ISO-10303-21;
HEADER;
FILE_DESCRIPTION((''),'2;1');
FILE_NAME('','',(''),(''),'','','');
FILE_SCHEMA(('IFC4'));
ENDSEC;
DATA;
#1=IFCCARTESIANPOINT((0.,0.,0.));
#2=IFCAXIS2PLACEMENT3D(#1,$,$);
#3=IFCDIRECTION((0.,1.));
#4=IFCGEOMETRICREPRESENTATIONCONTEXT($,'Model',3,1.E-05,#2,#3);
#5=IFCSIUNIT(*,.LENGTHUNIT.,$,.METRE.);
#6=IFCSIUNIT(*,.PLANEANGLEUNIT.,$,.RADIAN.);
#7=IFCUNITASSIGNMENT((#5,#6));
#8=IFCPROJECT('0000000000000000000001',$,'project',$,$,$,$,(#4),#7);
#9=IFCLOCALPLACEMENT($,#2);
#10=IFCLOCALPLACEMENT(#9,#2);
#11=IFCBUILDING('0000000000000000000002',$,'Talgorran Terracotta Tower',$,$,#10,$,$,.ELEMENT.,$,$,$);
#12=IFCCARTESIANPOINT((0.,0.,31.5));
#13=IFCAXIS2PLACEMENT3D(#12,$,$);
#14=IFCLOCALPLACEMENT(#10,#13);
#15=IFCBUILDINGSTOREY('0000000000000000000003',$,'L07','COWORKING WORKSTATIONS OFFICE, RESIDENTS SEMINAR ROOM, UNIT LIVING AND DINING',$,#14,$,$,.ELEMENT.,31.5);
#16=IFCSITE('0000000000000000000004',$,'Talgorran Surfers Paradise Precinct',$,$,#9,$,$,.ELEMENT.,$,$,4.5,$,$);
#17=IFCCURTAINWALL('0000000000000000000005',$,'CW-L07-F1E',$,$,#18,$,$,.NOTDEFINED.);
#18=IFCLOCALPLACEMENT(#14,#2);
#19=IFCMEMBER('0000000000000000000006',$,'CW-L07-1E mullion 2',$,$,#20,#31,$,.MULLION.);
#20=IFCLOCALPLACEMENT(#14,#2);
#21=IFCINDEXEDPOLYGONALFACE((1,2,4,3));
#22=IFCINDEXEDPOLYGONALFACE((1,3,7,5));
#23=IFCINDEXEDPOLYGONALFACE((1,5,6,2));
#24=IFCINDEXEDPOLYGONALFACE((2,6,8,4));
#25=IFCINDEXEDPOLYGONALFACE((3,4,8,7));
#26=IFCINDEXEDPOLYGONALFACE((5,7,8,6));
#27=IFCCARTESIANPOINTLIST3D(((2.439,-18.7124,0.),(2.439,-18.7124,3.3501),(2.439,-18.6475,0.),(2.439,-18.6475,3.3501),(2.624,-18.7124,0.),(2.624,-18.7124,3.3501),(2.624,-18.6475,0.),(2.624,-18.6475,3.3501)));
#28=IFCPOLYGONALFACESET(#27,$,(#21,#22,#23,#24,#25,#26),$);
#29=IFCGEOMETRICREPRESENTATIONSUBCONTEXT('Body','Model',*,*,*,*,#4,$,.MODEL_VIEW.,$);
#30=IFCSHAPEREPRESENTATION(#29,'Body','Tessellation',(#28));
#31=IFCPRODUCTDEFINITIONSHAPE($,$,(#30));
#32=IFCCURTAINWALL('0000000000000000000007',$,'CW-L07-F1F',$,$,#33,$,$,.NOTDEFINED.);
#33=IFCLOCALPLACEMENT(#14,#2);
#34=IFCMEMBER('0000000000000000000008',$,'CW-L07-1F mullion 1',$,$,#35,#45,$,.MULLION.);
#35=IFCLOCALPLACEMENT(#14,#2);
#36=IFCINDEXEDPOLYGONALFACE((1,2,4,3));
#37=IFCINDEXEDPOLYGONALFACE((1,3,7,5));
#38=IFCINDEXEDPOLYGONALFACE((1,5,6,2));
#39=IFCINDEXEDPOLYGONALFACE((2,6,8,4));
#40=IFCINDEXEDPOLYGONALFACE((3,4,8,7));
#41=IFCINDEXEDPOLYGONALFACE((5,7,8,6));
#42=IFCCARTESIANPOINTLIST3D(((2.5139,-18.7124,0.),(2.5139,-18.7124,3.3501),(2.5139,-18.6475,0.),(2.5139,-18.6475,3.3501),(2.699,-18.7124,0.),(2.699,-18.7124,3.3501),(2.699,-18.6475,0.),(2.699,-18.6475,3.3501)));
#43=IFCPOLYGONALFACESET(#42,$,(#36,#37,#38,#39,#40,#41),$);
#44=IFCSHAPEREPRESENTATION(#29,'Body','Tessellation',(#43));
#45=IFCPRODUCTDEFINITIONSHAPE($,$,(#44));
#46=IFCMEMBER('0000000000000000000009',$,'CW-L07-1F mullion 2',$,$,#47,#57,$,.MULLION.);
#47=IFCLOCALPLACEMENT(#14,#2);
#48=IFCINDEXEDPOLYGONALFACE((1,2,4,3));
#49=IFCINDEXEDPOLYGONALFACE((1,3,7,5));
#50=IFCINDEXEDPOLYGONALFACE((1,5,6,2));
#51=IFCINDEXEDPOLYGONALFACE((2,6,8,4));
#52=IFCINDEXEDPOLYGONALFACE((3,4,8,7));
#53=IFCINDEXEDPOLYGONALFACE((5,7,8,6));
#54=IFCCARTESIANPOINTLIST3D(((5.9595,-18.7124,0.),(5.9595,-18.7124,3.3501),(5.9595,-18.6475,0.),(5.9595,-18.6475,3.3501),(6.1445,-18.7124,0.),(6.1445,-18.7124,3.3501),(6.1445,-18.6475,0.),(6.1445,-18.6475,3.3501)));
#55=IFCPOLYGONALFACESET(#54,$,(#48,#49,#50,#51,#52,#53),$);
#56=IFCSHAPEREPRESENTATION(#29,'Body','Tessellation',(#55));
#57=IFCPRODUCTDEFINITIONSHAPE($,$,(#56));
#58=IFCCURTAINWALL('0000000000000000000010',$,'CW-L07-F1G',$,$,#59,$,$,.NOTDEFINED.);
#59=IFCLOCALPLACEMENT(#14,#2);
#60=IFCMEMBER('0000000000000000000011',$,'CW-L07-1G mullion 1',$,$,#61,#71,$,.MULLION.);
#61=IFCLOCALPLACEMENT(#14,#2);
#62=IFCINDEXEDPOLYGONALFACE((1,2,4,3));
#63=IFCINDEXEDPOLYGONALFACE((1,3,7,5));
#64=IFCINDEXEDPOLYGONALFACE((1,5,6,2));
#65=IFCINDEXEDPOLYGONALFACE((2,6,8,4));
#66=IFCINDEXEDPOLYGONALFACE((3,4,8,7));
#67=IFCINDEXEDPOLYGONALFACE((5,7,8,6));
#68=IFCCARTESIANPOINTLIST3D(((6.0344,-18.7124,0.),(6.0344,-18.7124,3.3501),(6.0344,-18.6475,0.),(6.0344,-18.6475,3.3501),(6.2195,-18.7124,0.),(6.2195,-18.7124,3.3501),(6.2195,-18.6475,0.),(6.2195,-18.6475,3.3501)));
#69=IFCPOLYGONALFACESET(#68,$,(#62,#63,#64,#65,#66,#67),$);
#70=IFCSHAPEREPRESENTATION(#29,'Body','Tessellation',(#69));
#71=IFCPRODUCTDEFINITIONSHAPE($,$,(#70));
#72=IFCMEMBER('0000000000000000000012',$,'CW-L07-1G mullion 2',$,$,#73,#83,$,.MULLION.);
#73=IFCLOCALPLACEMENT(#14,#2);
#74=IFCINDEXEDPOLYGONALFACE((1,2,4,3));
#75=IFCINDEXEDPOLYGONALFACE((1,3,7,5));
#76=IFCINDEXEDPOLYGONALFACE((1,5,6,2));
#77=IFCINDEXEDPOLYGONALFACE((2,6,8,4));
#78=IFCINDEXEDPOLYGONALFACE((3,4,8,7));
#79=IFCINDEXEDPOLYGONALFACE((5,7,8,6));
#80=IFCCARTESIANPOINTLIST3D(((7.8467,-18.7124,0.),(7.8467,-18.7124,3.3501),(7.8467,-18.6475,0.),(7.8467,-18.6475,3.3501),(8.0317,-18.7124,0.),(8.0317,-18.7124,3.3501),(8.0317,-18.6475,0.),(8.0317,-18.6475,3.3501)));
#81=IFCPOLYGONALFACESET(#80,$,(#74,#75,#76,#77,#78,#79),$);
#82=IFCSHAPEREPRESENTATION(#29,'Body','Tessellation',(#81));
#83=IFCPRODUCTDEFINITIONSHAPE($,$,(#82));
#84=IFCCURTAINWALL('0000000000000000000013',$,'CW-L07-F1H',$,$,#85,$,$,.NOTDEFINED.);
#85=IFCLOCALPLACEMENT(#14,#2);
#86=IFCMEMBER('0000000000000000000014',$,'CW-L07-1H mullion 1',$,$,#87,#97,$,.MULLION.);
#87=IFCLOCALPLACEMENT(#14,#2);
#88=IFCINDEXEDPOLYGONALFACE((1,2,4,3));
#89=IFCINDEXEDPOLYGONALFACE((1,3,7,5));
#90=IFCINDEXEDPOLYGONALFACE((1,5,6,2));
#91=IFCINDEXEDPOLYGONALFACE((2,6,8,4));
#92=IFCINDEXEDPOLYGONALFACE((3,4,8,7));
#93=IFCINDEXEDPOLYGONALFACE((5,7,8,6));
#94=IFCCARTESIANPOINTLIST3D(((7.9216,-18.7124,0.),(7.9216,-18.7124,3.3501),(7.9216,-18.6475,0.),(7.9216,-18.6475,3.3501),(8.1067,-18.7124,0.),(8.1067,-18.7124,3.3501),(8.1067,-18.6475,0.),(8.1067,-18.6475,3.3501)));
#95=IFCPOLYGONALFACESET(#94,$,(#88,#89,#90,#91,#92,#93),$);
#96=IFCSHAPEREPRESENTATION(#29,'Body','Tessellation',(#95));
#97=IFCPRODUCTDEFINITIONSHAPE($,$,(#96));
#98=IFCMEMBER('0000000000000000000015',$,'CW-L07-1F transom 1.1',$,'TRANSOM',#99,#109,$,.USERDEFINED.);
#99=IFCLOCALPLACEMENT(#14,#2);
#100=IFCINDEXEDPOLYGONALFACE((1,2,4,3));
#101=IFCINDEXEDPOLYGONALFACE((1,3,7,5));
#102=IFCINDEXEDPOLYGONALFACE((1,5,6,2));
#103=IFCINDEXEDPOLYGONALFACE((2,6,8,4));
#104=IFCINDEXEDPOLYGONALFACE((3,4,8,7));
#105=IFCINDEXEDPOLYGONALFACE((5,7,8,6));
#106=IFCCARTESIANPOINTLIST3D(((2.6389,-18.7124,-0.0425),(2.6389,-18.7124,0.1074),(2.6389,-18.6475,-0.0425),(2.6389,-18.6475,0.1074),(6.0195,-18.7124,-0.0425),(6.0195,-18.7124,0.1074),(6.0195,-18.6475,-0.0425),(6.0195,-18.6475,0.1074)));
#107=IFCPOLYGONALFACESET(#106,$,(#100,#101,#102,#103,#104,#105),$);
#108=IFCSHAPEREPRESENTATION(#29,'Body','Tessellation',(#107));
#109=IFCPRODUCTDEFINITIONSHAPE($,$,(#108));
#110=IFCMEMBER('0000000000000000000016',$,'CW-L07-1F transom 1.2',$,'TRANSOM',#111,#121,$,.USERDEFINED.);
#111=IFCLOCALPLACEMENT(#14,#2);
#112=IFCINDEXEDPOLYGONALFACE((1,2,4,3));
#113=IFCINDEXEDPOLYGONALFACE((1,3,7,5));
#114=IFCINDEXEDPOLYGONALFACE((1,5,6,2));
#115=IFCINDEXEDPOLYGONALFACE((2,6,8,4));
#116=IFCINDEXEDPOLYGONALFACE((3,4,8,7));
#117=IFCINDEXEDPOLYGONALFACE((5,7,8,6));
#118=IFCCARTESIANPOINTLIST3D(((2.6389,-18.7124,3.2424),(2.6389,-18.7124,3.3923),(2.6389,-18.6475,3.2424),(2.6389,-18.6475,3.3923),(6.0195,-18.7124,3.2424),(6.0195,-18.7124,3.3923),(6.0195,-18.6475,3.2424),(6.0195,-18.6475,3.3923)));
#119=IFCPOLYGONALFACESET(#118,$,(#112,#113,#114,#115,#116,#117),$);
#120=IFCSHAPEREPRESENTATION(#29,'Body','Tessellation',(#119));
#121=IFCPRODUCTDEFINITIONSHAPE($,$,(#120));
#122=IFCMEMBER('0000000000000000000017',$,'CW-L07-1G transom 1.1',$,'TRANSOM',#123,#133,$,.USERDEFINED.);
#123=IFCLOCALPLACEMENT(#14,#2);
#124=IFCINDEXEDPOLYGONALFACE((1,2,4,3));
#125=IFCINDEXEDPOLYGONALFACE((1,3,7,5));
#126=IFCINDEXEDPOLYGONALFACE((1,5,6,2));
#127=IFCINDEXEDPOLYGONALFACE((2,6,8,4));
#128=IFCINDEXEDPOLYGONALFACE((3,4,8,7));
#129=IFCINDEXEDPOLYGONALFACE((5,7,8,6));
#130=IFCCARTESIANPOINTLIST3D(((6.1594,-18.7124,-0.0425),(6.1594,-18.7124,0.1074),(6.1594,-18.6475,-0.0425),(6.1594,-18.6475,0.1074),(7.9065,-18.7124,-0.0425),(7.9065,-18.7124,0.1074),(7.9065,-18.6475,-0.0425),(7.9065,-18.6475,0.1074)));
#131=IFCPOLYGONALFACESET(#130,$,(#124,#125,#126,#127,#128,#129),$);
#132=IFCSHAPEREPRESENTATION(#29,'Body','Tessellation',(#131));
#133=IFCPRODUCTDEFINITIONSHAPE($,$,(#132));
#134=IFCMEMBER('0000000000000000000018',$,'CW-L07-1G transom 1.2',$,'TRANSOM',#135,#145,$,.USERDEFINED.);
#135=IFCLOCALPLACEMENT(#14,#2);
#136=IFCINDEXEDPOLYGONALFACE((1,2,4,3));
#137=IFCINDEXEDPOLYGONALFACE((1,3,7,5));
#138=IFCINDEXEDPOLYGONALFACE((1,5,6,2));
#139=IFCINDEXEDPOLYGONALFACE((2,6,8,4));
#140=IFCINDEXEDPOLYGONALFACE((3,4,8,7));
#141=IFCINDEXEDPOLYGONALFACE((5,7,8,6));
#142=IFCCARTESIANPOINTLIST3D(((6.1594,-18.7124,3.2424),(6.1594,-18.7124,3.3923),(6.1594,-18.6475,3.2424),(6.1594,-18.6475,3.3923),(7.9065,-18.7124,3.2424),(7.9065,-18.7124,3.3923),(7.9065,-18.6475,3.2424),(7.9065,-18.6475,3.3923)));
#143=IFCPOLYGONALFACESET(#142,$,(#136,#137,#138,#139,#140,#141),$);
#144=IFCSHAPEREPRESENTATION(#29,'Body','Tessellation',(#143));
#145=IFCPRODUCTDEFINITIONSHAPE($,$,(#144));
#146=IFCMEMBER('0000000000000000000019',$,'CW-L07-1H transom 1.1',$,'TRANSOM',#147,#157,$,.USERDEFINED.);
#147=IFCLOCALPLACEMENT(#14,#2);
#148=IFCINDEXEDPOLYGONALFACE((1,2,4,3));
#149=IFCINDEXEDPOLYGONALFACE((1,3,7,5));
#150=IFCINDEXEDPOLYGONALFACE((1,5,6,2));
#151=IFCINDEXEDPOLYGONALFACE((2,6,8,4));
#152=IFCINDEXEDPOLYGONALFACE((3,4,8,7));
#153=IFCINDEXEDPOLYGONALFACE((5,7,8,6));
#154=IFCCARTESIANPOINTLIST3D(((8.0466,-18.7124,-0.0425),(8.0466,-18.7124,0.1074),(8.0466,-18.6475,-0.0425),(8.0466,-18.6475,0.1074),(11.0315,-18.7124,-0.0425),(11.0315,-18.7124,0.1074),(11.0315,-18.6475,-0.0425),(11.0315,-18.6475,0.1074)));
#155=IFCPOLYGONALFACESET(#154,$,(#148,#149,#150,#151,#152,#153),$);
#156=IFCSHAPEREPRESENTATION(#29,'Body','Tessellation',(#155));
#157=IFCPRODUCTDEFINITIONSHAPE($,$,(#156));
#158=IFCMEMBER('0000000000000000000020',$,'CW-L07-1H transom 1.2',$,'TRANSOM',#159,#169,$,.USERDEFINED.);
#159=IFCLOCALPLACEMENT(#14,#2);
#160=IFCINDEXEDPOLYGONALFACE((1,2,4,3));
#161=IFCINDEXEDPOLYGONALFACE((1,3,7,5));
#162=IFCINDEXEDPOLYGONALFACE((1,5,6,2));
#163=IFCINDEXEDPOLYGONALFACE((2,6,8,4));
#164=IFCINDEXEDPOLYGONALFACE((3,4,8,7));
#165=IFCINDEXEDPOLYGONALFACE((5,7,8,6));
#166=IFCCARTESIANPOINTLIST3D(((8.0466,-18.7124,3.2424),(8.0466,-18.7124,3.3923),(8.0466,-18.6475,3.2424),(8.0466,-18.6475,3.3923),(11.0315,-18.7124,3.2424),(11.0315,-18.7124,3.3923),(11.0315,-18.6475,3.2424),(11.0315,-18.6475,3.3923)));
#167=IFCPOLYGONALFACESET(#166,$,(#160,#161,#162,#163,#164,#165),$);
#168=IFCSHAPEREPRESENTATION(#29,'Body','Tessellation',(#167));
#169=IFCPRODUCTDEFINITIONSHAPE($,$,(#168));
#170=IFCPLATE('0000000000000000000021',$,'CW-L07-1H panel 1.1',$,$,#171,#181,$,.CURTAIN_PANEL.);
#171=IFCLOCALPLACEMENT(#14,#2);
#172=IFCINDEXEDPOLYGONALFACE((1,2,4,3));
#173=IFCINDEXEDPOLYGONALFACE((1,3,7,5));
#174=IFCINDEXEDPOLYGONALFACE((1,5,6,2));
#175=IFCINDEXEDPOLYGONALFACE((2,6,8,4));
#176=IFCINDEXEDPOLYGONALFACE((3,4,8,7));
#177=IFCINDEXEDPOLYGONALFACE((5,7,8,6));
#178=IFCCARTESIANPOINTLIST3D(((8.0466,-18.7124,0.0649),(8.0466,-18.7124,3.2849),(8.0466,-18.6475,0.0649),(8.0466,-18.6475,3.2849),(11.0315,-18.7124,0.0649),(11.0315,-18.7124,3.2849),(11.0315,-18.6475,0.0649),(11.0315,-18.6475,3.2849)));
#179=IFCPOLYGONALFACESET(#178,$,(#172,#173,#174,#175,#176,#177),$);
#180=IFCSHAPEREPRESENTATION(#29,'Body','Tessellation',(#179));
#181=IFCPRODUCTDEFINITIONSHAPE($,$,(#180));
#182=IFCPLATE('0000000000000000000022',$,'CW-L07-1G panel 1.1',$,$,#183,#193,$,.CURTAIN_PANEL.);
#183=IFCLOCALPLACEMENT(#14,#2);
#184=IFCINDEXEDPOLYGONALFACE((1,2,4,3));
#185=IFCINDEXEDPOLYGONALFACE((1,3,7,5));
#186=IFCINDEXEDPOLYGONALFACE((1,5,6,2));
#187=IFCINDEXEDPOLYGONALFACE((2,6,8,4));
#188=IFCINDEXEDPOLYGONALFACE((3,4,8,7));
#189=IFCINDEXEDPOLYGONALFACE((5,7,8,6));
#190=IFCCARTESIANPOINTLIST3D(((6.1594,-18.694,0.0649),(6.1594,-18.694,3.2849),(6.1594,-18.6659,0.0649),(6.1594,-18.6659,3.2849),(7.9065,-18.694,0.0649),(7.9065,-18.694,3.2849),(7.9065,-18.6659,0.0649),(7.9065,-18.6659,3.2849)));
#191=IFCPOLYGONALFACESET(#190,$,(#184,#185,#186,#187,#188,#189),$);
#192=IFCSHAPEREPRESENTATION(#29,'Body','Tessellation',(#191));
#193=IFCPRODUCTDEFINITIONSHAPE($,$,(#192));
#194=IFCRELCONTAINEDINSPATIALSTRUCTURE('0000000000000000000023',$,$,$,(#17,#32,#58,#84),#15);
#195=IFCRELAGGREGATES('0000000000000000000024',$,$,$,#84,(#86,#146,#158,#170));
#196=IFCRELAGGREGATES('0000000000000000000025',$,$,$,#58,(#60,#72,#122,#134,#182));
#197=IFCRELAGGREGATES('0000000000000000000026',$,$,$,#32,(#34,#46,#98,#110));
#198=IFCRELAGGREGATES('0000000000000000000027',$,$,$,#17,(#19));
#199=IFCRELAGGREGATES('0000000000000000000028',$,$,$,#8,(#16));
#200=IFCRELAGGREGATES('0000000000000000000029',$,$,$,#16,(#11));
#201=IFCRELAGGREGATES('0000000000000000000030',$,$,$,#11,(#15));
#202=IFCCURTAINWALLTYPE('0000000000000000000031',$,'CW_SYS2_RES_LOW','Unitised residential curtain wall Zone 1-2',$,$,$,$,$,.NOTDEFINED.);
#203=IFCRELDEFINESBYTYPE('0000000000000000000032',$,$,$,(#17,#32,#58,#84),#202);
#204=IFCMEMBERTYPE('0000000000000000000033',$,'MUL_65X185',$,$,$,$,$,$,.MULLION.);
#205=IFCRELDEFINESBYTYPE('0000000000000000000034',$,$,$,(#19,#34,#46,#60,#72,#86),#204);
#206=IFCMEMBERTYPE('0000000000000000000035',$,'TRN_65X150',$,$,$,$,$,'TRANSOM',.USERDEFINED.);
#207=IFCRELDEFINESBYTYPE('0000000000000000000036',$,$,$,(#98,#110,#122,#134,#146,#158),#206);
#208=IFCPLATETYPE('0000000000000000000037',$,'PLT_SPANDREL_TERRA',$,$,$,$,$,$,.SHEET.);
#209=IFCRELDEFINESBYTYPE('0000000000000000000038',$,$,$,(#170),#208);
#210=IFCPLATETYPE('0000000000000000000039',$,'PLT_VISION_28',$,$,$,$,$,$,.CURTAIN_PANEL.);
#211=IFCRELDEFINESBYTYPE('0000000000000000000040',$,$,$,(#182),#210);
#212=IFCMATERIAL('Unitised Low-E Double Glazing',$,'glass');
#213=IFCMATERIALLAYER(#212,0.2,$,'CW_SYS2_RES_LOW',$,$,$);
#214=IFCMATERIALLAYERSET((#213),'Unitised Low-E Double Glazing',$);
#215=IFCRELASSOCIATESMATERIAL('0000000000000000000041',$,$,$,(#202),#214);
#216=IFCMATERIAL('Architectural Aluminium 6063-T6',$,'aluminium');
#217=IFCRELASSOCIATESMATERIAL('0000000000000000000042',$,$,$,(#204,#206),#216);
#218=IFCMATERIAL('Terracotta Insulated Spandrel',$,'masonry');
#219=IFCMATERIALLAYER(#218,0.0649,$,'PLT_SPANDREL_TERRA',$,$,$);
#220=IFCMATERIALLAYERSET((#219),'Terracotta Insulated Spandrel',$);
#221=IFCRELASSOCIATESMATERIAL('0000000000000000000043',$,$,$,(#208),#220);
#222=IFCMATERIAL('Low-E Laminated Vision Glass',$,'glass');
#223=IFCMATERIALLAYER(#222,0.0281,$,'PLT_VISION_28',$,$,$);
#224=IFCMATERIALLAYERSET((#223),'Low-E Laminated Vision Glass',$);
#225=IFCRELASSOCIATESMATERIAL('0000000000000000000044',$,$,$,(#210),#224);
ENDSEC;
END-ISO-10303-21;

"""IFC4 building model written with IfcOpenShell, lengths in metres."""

from ifc_helpers import new_model, si_unit, direction, frame, origin, origin_2d, place, context, subcontext, project, spatial, rectangle, extrude, source, transform, mapped, material, layer, layer_set, material_profile, profile_set, type_object, element, aggregate, save


model = new_model("IFC4")

# Units and contexts
model_context = context("Model", 3, precision=1e-05, world=origin(), true_north=direction((0.0, 1.0)))
body_context = subcontext(model_context, "Body", "Model", "MODEL_VIEW")
ifc_project = project(units=[si_unit("LENGTHUNIT", "METRE"), si_unit("PLANEANGLEUNIT", "RADIAN")], contexts=[model_context])

# Site, building, storey
site_placement = place(None, origin())
site = spatial("IfcSite", under=ifc_project, at=site_placement, Name="Talgorran Surfers Paradise Precinct", CompositionType="ELEMENT", RefElevation=4.5)
building_placement = place(site_placement, origin())
building = spatial("IfcBuilding", under=site, at=building_placement, Name="Talgorran Terracotta Tower", CompositionType="ELEMENT")
storey_placement = place(building_placement, frame((0.0, 0.0, 31.5)))
storey = spatial("IfcBuildingStorey", under=building, at=storey_placement, Name="L07", Description="COWORKING WORKSTATIONS OFFICE, RESIDENTS SEMINAR ROOM, UNIT LIVING AND DINING", CompositionType="ELEMENT", Elevation=31.5)

# Curtain wall, member
ifc_material_1 = material(Name="Unitised Low-E Double Glazing", Category="glass")
ifc_layer_1 = layer(ifc_material_1, 0.2, Name="CW_SYS2_RES_LOW")
ifc_layer_set_1 = layer_set([ifc_layer_1], Name="Unitised Low-E Double Glazing")
curtain_wall_type = type_object("IfcCurtainWallType", Name="CW_SYS2_RES_LOW", Description="Unitised residential curtain wall Zone 1-2", PredefinedType="NOTDEFINED", material=ifc_layer_set_1)
curtain_wall_1_placement = place(storey_placement, origin())
curtain_wall_1 = element("IfcCurtainWall", 1, at=curtain_wall_1_placement, inside=storey, type_object=curtain_wall_type, Name="CW-L07-F1E", PredefinedType="NOTDEFINED")
ifc_material_2 = material(Name="Architectural Aluminium 6063-T6", Category="aluminium")
ifc_material_profile_1 = material_profile(ifc_material_2, rectangle(XDim=0.0649, YDim=0.1851, at=origin_2d()), Name="CWM65X185")
ifc_profile_set_1 = profile_set([ifc_material_profile_1], Name="Architectural Aluminium 6063-T6")
member_type_1 = type_object("IfcMemberType", Name="MUL_65X185", PredefinedType="MULLION", material=ifc_profile_set_1)
member_1_placement = place(storey_placement, frame((2.5315, -18.6799, 0.0), z_axis=(0.0, 0.0, 1.0), x_axis=(0.0, 1.0, 0.0)))
member_1 = element("IfcMember", 2, at=member_1_placement, type_object=member_type_1, Name="CW-L07-1E mullion 2", PredefinedType="MULLION", context=body_context, shape_type="SweptSolid", body=[
    extrude(rectangle(XDim=0.0649, YDim=0.1851, at=origin_2d()), origin(), (0.0, 0.0, 1.0), 3.3501),
])

# Curtain walls, members
curtain_wall_2_placement = place(storey_placement, origin())
curtain_wall_2 = element("IfcCurtainWall", 3, at=curtain_wall_2_placement, inside=storey, type_object=curtain_wall_type, Name="CW-L07-F1F", PredefinedType="NOTDEFINED")
member_2_placement = place(storey_placement, frame((2.6064, -18.6799, 0.0), z_axis=(0.0, 0.0, 1.0), x_axis=(0.0, 1.0, 0.0)))
member_2 = element("IfcMember", 4, at=member_2_placement, type_object=member_type_1, Name="CW-L07-1F mullion 1", PredefinedType="MULLION", context=body_context, shape_type="SweptSolid", body=[
    extrude(rectangle(XDim=0.0649, YDim=0.1851, at=origin_2d()), origin(), (0.0, 0.0, 1.0), 3.3501),
])
member_3_placement = place(storey_placement, frame((6.052, -18.6799, 0.0), z_axis=(0.0, 0.0, 1.0), x_axis=(0.0, 1.0, 0.0)))
member_3 = element("IfcMember", 5, at=member_3_placement, type_object=member_type_1, Name="CW-L07-1F mullion 2", PredefinedType="MULLION", context=body_context, shape_type="SweptSolid", body=[
    extrude(rectangle(XDim=0.0649, YDim=0.1851, at=origin_2d()), origin(), (0.0, 0.0, 1.0), 3.3501),
])
curtain_wall_3_placement = place(storey_placement, origin())
curtain_wall_3 = element("IfcCurtainWall", 6, at=curtain_wall_3_placement, inside=storey, type_object=curtain_wall_type, Name="CW-L07-F1G", PredefinedType="NOTDEFINED")
member_4_placement = place(storey_placement, frame((6.127, -18.6799, 0.0), z_axis=(0.0, 0.0, 1.0), x_axis=(0.0, 1.0, 0.0)))
member_4 = element("IfcMember", 7, at=member_4_placement, type_object=member_type_1, Name="CW-L07-1G mullion 1", PredefinedType="MULLION", context=body_context, shape_type="SweptSolid", body=[
    extrude(rectangle(XDim=0.0649, YDim=0.1851, at=origin_2d()), origin(), (0.0, 0.0, 1.0), 3.3501),
])
member_5_placement = place(storey_placement, frame((7.9392, -18.6799, 0.0), z_axis=(0.0, 0.0, 1.0), x_axis=(0.0, 1.0, 0.0)))
member_5 = element("IfcMember", 8, at=member_5_placement, type_object=member_type_1, Name="CW-L07-1G mullion 2", PredefinedType="MULLION", context=body_context, shape_type="SweptSolid", body=[
    extrude(rectangle(XDim=0.0649, YDim=0.1851, at=origin_2d()), origin(), (0.0, 0.0, 1.0), 3.3501),
])

# Curtain wall, member
curtain_wall_4_placement = place(storey_placement, origin())
curtain_wall_4 = element("IfcCurtainWall", 9, at=curtain_wall_4_placement, inside=storey, type_object=curtain_wall_type, Name="CW-L07-F1H", PredefinedType="NOTDEFINED")
member_6_placement = place(storey_placement, frame((8.0142, -18.6799, 0.0), z_axis=(0.0, 0.0, 1.0), x_axis=(0.0, 1.0, 0.0)))
member_6 = element("IfcMember", 10, at=member_6_placement, type_object=member_type_1, Name="CW-L07-1H mullion 1", PredefinedType="MULLION", context=body_context, shape_type="SweptSolid", body=[
    extrude(rectangle(XDim=0.0649, YDim=0.1851, at=origin_2d()), origin(), (0.0, 0.0, 1.0), 3.3501),
])

# Members
ifc_material_profile_2 = material_profile(ifc_material_2, rectangle(XDim=0.0649, YDim=0.1499, at=origin_2d()), Name="CWT65X150")
ifc_profile_set_2 = profile_set([ifc_material_profile_2], Name="Architectural Aluminium 6063-T6")
member_type_2 = type_object("IfcMemberType", Name="TRN_65X150", ElementType="TRANSOM", PredefinedType="USERDEFINED", material=ifc_profile_set_2)
member_7_placement = place(storey_placement, frame((2.6389, -18.6799, 0.0325), z_axis=(1.0, 0.0, 0.0), x_axis=(0.0, 1.0, 0.0)))
member_7 = element("IfcMember", 11, at=member_7_placement, type_object=member_type_2, Name="CW-L07-1F transom 1.1", ObjectType="TRANSOM", PredefinedType="USERDEFINED", context=body_context, shape_type="SweptSolid", body=[
    extrude(rectangle(XDim=0.0649, YDim=0.1499, at=origin_2d()), origin(), (0.0, 0.0, 1.0), 3.3806),
])
member_8_placement = place(storey_placement, frame((2.6389, -18.6799, 3.3174), z_axis=(1.0, 0.0, 0.0), x_axis=(0.0, 1.0, 0.0)))
member_8 = element("IfcMember", 12, at=member_8_placement, type_object=member_type_2, Name="CW-L07-1F transom 1.2", ObjectType="TRANSOM", PredefinedType="USERDEFINED", context=body_context, shape_type="SweptSolid", body=[
    extrude(rectangle(XDim=0.0649, YDim=0.1499, at=origin_2d()), origin(), (0.0, 0.0, 1.0), 3.3806),
])
member_9_placement = place(storey_placement, frame((6.1594, -18.6799, 0.0325), z_axis=(1.0, 0.0, 0.0), x_axis=(0.0, 1.0, 0.0)))
member_9 = element("IfcMember", 13, at=member_9_placement, type_object=member_type_2, Name="CW-L07-1G transom 1.1", ObjectType="TRANSOM", PredefinedType="USERDEFINED", context=body_context, shape_type="SweptSolid", body=[
    extrude(rectangle(XDim=0.0649, YDim=0.1499, at=origin_2d()), origin(), (0.0, 0.0, 1.0), 1.7471),
])
member_10_placement = place(storey_placement, frame((6.1594, -18.6799, 3.3174), z_axis=(1.0, 0.0, 0.0), x_axis=(0.0, 1.0, 0.0)))
member_10 = element("IfcMember", 14, at=member_10_placement, type_object=member_type_2, Name="CW-L07-1G transom 1.2", ObjectType="TRANSOM", PredefinedType="USERDEFINED", context=body_context, shape_type="SweptSolid", body=[
    extrude(rectangle(XDim=0.0649, YDim=0.1499, at=origin_2d()), origin(), (0.0, 0.0, 1.0), 1.7471),
])
member_11_placement = place(storey_placement, frame((8.0466, -18.6799, 0.0325), z_axis=(1.0, 0.0, 0.0), x_axis=(0.0, 1.0, 0.0)))
member_11 = element("IfcMember", 15, at=member_11_placement, type_object=member_type_2, Name="CW-L07-1H transom 1.1", ObjectType="TRANSOM", PredefinedType="USERDEFINED", context=body_context, shape_type="SweptSolid", body=[
    extrude(rectangle(XDim=0.0649, YDim=0.1499, at=origin_2d()), origin(), (0.0, 0.0, 1.0), 2.9849),
])
member_12_placement = place(storey_placement, frame((8.0466, -18.6799, 3.3174), z_axis=(1.0, 0.0, 0.0), x_axis=(0.0, 1.0, 0.0)))
member_12 = element("IfcMember", 16, at=member_12_placement, type_object=member_type_2, Name="CW-L07-1H transom 1.2", ObjectType="TRANSOM", PredefinedType="USERDEFINED", context=body_context, shape_type="SweptSolid", body=[
    extrude(rectangle(XDim=0.0649, YDim=0.1499, at=origin_2d()), origin(), (0.0, 0.0, 1.0), 2.9849),
])

# Plates
ifc_material_3 = material(Name="Terracotta Insulated Spandrel", Category="masonry")
ifc_layer_2 = layer(ifc_material_3, 0.0649, Name="PLT_SPANDREL_TERRA")
ifc_layer_set_2 = layer_set([ifc_layer_2], Name="Terracotta Insulated Spandrel")
plate_type_1 = type_object("IfcPlateType", Name="PLT_SPANDREL_TERRA", PredefinedType="SHEET", material=ifc_layer_set_2)
shared_shape_1 = source(origin(), body_context, "Body", "SweptSolid", [
    extrude(rectangle(XDim=2.9849, YDim=0.0649, at=origin_2d()), origin(), (0.0, 0.0, 1.0), 3.22),
])
plate_1_placement = place(storey_placement, frame((9.5391, -18.6799, 0.0649), z_axis=(0.0, 0.0, 1.0), x_axis=(1.0, 0.0, 0.0)))
plate_1 = element("IfcPlate", 17, at=plate_1_placement, type_object=plate_type_1, Name="CW-L07-1H panel 1.1", PredefinedType="CURTAIN_PANEL", context=body_context, shape_type="MappedRepresentation", body=[
    mapped(shared_shape_1, transform((0.0, 0.0, 0.0), scale=1.0)),
])
aggregate(curtain_wall_4, [member_6, member_11, member_12, plate_1])
ifc_material_4 = material(Name="Low-E Laminated Vision Glass", Category="glass")
ifc_layer_3 = layer(ifc_material_4, 0.0281, Name="PLT_VISION_28")
ifc_layer_set_3 = layer_set([ifc_layer_3], Name="Low-E Laminated Vision Glass")
plate_type_2 = type_object("IfcPlateType", Name="PLT_VISION_28", PredefinedType="CURTAIN_PANEL", material=ifc_layer_set_3)
shared_shape_2 = source(origin(), body_context, "Body", "SweptSolid", [
    extrude(rectangle(XDim=1.7471, YDim=0.0281, at=origin_2d()), origin(), (0.0, 0.0, 1.0), 3.22),
])
plate_2_placement = place(storey_placement, frame((7.033, -18.6799, 0.0649), z_axis=(0.0, 0.0, 1.0), x_axis=(1.0, 0.0, 0.0)))
plate_2 = element("IfcPlate", 18, at=plate_2_placement, type_object=plate_type_2, Name="CW-L07-1G panel 1.1", PredefinedType="CURTAIN_PANEL", context=body_context, shape_type="MappedRepresentation", body=[
    mapped(shared_shape_2, transform((0.0, 0.0, 0.0), scale=1.0)),
])
aggregate(curtain_wall_3, [member_4, member_5, member_9, member_10, plate_2])
aggregate(curtain_wall_2, [member_2, member_3, member_7, member_8])
aggregate(curtain_wall_1, [member_1])

save(model, "model.ifc")
